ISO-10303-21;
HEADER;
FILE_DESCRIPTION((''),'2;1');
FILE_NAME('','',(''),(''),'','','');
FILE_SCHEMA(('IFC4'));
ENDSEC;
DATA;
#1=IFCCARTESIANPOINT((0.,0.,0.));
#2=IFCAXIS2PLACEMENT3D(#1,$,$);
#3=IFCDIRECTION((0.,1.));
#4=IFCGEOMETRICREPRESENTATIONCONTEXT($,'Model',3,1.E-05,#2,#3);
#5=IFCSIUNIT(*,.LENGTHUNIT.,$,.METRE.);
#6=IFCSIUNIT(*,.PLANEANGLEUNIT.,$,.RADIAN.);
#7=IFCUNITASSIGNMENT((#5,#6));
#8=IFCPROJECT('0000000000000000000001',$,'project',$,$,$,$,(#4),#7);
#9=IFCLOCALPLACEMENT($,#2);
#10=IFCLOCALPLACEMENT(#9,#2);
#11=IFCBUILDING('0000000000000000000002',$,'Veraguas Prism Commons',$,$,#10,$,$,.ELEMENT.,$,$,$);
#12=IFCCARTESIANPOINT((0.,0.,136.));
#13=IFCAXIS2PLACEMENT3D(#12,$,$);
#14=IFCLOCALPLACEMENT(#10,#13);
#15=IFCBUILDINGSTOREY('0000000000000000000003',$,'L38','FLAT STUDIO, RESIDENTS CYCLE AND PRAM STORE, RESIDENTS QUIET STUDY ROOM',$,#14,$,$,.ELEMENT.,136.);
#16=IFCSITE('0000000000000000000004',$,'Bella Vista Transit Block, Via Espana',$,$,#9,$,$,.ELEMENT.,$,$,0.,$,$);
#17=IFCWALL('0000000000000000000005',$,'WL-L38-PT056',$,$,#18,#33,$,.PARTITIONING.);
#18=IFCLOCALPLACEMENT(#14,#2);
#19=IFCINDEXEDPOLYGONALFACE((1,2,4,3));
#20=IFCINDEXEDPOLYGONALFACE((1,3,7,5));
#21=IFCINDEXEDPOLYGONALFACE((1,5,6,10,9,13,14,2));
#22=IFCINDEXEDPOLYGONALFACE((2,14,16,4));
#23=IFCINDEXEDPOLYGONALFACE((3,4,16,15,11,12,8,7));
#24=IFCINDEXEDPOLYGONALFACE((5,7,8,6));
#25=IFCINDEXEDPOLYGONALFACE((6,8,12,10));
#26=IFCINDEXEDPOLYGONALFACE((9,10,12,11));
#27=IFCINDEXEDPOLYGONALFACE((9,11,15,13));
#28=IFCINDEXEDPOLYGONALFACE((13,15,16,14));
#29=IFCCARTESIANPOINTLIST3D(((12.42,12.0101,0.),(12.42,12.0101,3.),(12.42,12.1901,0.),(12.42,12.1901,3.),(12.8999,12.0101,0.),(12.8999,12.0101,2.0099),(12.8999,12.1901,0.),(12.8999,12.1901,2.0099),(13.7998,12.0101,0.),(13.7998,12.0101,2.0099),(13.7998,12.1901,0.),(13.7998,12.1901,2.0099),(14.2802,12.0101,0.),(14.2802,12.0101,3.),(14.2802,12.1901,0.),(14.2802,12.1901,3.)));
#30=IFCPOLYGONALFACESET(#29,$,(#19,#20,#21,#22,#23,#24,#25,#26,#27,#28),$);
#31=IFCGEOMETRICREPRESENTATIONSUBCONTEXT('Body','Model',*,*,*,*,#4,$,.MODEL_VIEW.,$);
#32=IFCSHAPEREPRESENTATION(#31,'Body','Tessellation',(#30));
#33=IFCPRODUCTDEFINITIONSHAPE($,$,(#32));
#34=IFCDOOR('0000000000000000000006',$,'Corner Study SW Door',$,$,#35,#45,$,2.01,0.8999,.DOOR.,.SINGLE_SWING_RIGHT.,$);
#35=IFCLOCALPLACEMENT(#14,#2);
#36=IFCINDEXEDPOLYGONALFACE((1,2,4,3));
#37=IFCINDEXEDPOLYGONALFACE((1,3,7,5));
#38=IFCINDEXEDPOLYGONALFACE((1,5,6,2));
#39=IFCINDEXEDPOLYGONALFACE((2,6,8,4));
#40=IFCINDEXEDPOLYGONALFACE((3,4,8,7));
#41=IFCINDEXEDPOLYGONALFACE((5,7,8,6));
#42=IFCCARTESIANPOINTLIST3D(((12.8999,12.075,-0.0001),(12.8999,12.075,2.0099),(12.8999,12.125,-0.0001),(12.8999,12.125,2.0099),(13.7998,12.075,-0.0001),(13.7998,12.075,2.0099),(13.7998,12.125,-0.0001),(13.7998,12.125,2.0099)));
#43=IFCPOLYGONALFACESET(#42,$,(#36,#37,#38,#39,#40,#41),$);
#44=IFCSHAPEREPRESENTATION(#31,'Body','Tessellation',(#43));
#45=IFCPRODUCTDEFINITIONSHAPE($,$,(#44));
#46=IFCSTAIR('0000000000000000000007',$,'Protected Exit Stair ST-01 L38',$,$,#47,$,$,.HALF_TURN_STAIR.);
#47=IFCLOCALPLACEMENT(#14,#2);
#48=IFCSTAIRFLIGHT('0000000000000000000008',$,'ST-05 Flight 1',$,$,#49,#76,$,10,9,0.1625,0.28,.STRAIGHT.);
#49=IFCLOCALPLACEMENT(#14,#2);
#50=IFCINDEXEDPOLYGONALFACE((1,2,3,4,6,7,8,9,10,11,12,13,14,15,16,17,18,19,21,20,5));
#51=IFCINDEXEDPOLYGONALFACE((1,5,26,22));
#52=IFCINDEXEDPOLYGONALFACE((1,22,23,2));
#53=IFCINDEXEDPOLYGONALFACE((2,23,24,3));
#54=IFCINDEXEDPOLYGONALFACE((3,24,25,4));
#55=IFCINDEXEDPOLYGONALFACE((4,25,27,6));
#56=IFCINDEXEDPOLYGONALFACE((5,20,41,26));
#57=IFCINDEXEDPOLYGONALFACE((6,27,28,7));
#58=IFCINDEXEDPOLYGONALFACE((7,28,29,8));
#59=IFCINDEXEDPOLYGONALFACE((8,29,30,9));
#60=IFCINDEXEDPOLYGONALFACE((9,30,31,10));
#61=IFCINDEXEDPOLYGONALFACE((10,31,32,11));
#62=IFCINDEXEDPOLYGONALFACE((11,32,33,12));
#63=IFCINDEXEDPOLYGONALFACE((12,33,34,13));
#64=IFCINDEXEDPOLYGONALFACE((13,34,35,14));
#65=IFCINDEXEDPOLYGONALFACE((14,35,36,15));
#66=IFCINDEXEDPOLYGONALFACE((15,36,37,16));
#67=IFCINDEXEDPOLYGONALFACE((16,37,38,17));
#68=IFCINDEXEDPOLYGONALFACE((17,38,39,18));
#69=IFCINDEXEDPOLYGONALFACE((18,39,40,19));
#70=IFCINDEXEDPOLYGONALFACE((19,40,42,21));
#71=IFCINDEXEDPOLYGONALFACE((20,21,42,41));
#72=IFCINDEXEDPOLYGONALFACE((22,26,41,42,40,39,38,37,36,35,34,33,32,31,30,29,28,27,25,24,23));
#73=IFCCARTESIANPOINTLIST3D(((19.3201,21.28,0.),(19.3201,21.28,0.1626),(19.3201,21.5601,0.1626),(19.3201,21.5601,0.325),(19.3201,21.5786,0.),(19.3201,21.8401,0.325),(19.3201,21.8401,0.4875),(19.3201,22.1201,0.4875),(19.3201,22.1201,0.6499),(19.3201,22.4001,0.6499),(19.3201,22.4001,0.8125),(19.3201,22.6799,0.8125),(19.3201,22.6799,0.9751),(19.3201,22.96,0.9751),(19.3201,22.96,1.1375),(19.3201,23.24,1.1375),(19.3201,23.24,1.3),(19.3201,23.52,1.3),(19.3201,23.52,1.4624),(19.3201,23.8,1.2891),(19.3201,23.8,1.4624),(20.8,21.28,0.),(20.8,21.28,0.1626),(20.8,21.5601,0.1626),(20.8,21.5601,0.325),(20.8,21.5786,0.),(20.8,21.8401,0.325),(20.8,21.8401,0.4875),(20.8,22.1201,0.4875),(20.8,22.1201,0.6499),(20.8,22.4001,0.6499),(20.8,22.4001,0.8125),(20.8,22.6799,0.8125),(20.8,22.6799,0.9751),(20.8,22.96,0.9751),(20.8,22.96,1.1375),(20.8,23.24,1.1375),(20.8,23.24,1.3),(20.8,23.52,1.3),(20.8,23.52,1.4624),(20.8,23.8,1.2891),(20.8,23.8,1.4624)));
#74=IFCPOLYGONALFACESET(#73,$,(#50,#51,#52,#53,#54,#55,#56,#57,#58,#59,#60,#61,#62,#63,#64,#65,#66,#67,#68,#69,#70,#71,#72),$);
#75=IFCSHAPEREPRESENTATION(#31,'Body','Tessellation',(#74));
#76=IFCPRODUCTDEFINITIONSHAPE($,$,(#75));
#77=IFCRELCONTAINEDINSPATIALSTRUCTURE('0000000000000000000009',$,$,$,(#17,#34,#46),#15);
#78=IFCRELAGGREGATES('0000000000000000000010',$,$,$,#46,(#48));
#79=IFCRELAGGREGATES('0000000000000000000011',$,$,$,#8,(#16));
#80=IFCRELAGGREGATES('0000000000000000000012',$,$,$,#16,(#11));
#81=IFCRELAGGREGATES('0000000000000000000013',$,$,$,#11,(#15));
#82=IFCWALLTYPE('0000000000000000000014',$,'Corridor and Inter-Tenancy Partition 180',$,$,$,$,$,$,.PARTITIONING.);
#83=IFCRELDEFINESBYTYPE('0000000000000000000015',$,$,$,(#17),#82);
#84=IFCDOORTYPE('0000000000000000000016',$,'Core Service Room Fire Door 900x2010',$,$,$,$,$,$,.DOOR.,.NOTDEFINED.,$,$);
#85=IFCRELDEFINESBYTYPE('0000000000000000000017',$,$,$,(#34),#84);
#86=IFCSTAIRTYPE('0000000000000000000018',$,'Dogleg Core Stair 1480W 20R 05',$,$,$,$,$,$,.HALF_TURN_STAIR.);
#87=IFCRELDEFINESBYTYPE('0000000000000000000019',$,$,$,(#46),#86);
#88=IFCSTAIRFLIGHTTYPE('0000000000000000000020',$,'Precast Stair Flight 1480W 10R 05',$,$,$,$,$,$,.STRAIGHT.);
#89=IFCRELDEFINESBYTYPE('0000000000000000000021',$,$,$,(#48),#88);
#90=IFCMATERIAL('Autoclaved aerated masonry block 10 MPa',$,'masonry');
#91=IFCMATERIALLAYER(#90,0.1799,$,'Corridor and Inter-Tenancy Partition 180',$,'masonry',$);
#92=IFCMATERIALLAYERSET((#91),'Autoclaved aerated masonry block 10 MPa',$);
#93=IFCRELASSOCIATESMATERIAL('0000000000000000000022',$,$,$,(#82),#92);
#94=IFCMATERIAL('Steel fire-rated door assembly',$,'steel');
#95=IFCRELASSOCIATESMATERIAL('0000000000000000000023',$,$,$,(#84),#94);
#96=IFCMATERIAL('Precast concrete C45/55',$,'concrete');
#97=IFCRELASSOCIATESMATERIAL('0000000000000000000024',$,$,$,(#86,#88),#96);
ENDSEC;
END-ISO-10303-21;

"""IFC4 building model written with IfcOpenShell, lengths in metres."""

from ifc_helpers import new_model, si_unit, direction, frame, frame_2d, origin, place, context, subcontext, project, spatial, polyline, rectangle, outline, extrude, source, transform, mapped, material, layer, layer_set, type_object, element, fill, aggregate, save


model = new_model("IFC4")

# Units and contexts
model_context = context("Model", 3, precision=1e-05, world=origin(), true_north=direction((0.0, 1.0)))
body_context = subcontext(model_context, "Body", "Model", "MODEL_VIEW")
ifc_project = project(units=[si_unit("LENGTHUNIT", "METRE"), si_unit("PLANEANGLEUNIT", "RADIAN")], contexts=[model_context])

# Site, building, storey
site_placement = place(None, origin())
site = spatial("IfcSite", under=ifc_project, at=site_placement, Name="Bella Vista Transit Block, Via Espana", CompositionType="ELEMENT", RefElevation=0.0)
building_placement = place(site_placement, origin())
building = spatial("IfcBuilding", under=site, at=building_placement, Name="Veraguas Prism Commons", CompositionType="ELEMENT")
storey_placement = place(building_placement, frame((0.0, 0.0, 136.0)))
storey = spatial("IfcBuildingStorey", under=building, at=storey_placement, Name="L38", Description="FLAT STUDIO, RESIDENTS CYCLE AND PRAM STORE, RESIDENTS QUIET STUDY ROOM", CompositionType="ELEMENT", Elevation=136.0)

# Shared definitions
ifc_material_1 = material(Name="Steel fire-rated door assembly", Category="steel")

# Shared definitions
ifc_material_2 = material(Name="Autoclaved aerated masonry block 10 MPa", Category="masonry")
ifc_layer_1 = layer(ifc_material_2, 0.1799, Name="Corridor and Inter-Tenancy Partition 180", Category="masonry")
ifc_layer_set_1 = layer_set([ifc_layer_1], Name="Autoclaved aerated masonry block 10 MPa")
wall_type_1 = type_object("IfcWallType", Name="Corridor and Inter-Tenancy Partition 180", PredefinedType="PARTITIONING", material=ifc_layer_set_1)
door_type_1 = type_object("IfcDoorType", Name="Core Service Room Fire Door 900x2010", OperationType="NOTDEFINED", PredefinedType="DOOR", material=ifc_material_1)
shared_shape_1 = source(origin(), body_context, "Body", "SweptSolid", [
    extrude(rectangle(XDim=0.8999, YDim=2.01, at=frame_2d((0.45, 1.0049))), frame((0.0, 0.0249, 0.0), z_axis=(0.0, -1.0, 0.0), x_axis=(1.0, 0.0, 0.0)), (0.0, 0.0, 1.0), 0.05),
])

# Wall, opening, door
wall_1_placement = place(storey_placement, frame((12.4199, 12.1001, 0.0), z_axis=(0.0, 0.0, 1.0), x_axis=(1.0, 0.0, 0.0)))
wall_1 = element("IfcWall", 1, at=wall_1_placement, inside=storey, type_object=wall_type_1, Name="WL-L38-PT056", PredefinedType="PARTITIONING", context=body_context, shape_type="SweptSolid", body=[
    extrude(rectangle(XDim=1.8601, YDim=0.1799, at=frame_2d((0.9302, 0.0))), origin(), (0.0, 0.0, 1.0), 3.0),
])
opening_1_placement = place(wall_1_placement, frame((0.48, 0.0, 0.0)))
opening_1 = element("IfcOpeningElement", 2, at=opening_1_placement, cuts=wall_1, PredefinedType="OPENING", context=body_context, shape_type="SweptSolid", body=[
    extrude(rectangle(XDim=0.8999, YDim=2.01, at=frame_2d((0.45, 1.0049))), frame((0.0, 0.0999, 0.0), z_axis=(0.0, -1.0, 0.0), x_axis=(1.0, 0.0, 0.0)), (0.0, 0.0, 1.0), 0.2),
])
door_1_placement = place(opening_1_placement, origin())
door_1 = element("IfcDoor", 3, at=door_1_placement, inside=storey, type_object=door_type_1, Name="Corner Study SW Door", OperationType="SINGLE_SWING_RIGHT", OverallHeight=2.01, OverallWidth=0.8999, PredefinedType="DOOR", context=body_context, shape_type="MappedRepresentation", body=[
    mapped(shared_shape_1, transform((0.0, 0.0, 0.0), scale=1.0)),
])
fill(opening_1, door_1)

# Stair, stair flight
ifc_material_3 = material(Name="Precast concrete C45/55", Category="concrete")
stair_type = type_object("IfcStairType", Name="Dogleg Core Stair 1480W 20R 05", PredefinedType="HALF_TURN_STAIR", material=ifc_material_3)
stair_placement = place(storey_placement, origin())
stair = element("IfcStair", 4, at=stair_placement, inside=storey, type_object=stair_type, Name="Protected Exit Stair ST-01 L38", PredefinedType="HALF_TURN_STAIR")
stair_flight_type = type_object("IfcStairFlightType", Name="Precast Stair Flight 1480W 10R 05", PredefinedType="STRAIGHT", material=ifc_material_3)
stair_flight_placement = place(storey_placement, frame((20.0601, 21.28, 0.0), z_axis=(0.0, 0.0, 1.0), x_axis=(0.0, 1.0, 0.0)))
stair_flight = element("IfcStairFlight", 5, at=stair_flight_placement, type_object=stair_flight_type, Name="ST-05 Flight 1", NumberOfRisers=10, NumberOfTreads=9, PredefinedType="STRAIGHT", RiserHeight=0.1625, TreadLength=0.28, context=body_context, shape_type="SweptSolid", body=[
    extrude(outline(polyline([(0.0, 0.0), (0.0, 0.1626), (0.28, 0.1626), (0.28, 0.325), (0.5601, 0.325), (0.5601, 0.4875), (0.8401, 0.4875), (0.8401, 0.6499), (1.1201, 0.6499), (1.1201, 0.8125), (1.3999, 0.8125), (1.3999, 0.9751), (1.6799, 0.9751), (1.6799, 1.1375), (1.96, 1.1375), (1.96, 1.3), (2.24, 1.3), (2.24, 1.4624), (2.52, 1.4624), (2.52, 1.625), (2.52, 1.2891), (0.2986, 0.0), (0.0, 0.0)])), frame((0.0, 0.74, 0.0), z_axis=(0.0, -1.0, 0.0), x_axis=(1.0, 0.0, 0.0)), (0.0, 0.0, 1.0), 1.48),
])
aggregate(stair, [stair_flight])

save(model, "model.ifc")
